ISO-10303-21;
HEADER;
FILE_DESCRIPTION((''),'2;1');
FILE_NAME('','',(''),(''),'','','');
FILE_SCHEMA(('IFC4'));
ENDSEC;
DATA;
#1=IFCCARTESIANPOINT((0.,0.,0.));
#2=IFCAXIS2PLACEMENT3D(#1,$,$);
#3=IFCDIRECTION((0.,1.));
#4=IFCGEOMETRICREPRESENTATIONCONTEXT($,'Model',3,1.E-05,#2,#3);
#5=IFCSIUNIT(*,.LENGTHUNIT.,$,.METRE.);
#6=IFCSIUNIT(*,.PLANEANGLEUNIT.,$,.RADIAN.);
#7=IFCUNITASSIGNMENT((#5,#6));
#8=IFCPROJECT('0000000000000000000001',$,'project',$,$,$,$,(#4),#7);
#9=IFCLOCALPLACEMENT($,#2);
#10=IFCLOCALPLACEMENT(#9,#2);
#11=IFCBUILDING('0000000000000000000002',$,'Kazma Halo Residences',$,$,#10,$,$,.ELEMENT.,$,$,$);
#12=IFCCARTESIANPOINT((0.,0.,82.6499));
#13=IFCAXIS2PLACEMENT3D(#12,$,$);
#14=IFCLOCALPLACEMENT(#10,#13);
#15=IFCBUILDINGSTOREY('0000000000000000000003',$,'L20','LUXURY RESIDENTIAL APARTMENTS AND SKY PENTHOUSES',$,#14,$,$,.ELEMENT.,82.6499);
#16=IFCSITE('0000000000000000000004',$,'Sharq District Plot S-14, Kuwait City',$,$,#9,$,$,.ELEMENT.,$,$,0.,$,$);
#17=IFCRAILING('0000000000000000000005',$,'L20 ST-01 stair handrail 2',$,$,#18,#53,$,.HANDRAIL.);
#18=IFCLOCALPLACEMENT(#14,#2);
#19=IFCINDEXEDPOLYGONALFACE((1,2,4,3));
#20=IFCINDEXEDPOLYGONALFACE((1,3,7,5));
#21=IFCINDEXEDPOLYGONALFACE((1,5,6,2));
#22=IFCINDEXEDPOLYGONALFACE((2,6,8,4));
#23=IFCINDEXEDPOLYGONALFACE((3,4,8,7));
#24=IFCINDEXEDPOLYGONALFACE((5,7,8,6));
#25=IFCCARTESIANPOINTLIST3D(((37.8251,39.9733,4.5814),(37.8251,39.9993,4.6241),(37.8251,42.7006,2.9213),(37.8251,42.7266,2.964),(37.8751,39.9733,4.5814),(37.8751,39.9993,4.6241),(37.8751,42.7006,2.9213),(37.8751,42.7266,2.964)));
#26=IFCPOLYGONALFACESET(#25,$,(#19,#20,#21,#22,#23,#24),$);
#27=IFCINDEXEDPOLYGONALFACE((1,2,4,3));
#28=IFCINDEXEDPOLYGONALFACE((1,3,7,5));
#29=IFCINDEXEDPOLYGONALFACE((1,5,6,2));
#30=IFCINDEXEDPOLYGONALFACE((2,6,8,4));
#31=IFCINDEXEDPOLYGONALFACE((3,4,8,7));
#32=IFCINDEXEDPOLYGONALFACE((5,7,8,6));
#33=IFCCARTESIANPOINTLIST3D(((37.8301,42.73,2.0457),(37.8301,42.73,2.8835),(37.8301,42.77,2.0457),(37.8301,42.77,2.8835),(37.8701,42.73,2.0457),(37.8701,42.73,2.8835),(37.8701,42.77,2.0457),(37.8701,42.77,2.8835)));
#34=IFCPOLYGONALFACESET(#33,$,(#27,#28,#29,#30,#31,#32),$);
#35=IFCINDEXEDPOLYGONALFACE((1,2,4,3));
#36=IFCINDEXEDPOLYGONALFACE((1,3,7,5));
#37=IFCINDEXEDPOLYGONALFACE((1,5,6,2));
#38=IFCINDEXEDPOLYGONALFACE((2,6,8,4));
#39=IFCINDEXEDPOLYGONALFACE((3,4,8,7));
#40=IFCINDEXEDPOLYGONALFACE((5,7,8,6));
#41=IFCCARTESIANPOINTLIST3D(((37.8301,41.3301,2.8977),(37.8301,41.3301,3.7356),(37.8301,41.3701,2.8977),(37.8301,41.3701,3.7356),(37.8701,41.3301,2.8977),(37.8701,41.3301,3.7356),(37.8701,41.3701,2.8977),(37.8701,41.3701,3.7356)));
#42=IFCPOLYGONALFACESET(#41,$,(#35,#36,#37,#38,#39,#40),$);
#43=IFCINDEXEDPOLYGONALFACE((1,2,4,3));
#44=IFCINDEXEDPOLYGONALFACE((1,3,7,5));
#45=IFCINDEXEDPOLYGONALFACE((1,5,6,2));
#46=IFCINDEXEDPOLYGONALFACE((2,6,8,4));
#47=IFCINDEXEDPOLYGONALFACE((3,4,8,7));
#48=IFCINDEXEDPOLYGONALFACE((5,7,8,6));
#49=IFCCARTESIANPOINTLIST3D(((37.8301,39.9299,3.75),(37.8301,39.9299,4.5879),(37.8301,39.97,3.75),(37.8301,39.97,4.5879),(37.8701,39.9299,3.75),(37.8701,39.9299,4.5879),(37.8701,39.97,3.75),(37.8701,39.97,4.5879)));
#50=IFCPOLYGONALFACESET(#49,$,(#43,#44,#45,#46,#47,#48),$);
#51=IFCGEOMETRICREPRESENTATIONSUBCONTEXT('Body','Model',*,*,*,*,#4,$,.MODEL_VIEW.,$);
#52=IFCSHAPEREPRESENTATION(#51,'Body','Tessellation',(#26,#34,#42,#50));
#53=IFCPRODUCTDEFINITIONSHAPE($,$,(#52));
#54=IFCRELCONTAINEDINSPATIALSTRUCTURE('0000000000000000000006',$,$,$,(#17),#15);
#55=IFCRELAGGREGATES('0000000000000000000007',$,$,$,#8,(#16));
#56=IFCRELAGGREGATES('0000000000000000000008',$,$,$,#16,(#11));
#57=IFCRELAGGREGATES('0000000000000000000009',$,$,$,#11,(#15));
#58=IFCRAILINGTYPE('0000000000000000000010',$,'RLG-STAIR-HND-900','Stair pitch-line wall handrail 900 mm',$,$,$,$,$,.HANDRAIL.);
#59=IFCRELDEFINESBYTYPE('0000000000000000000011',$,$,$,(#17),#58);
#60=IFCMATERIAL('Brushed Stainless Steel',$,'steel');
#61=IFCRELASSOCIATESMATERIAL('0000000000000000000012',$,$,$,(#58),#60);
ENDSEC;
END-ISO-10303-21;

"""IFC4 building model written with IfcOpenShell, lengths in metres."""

from ifc_helpers import new_model, si_unit, direction, frame, origin, origin_2d, place, context, subcontext, project, spatial, rectangle, extrude, material, type_object, element, save


model = new_model("IFC4")

# Units and contexts
model_context = context("Model", 3, precision=1e-05, world=origin(), true_north=direction((0.0, 1.0)))
body_context = subcontext(model_context, "Body", "Model", "MODEL_VIEW")
ifc_project = project(units=[si_unit("LENGTHUNIT", "METRE"), si_unit("PLANEANGLEUNIT", "RADIAN")], contexts=[model_context])

# Site, building, storey
site_placement = place(None, origin())
site = spatial("IfcSite", under=ifc_project, at=site_placement, Name="Sharq District Plot S-14, Kuwait City", CompositionType="ELEMENT", RefElevation=0.0)
building_placement = place(site_placement, origin())
building = spatial("IfcBuilding", under=site, at=building_placement, Name="Kazma Halo Residences", CompositionType="ELEMENT")
storey_placement = place(building_placement, frame((0.0, 0.0, 82.6499)))
storey = spatial("IfcBuildingStorey", under=building, at=storey_placement, Name="L20", Description="LUXURY RESIDENTIAL APARTMENTS AND SKY PENTHOUSES", CompositionType="ELEMENT", Elevation=82.6499)

# Railing
ifc_material_1 = material(Name="Brushed Stainless Steel", Category="steel")
railing_type_1 = type_object("IfcRailingType", Name="RLG-STAIR-HND-900", Description="Stair pitch-line wall handrail 900 mm", PredefinedType="HANDRAIL", material=ifc_material_1)
railing_1_placement = place(storey_placement, frame((37.8501, 42.75, 2.0457)))
element("IfcRailing", 1, at=railing_1_placement, inside=storey, type_object=railing_type_1, Name="L20 ST-01 stair handrail 2", PredefinedType="HANDRAIL", context=body_context, shape_type="SweptSolid", body=[
    extrude(rectangle(XDim=0.05, YDim=0.05, at=origin_2d()), frame((0.0, -0.0364, 0.897), z_axis=(0.0, -0.854203, 0.51994), x_axis=(1.0, 0.0, 0.0)), (0.0, 0.0, 1.0), 3.1929),
    extrude(rectangle(XDim=0.04, YDim=0.04, at=origin_2d()), origin(), (0.0, 0.0, 1.0), 0.8379),
    extrude(rectangle(XDim=0.04, YDim=0.04, at=origin_2d()), frame((0.0, -1.3999, 0.8521)), (0.0, 0.0, 1.0), 0.8379),
    extrude(rectangle(XDim=0.04, YDim=0.04, at=origin_2d()), frame((0.0, -2.8, 1.7043)), (0.0, 0.0, 1.0), 0.8379),
])

save(model, "model.ifc")
